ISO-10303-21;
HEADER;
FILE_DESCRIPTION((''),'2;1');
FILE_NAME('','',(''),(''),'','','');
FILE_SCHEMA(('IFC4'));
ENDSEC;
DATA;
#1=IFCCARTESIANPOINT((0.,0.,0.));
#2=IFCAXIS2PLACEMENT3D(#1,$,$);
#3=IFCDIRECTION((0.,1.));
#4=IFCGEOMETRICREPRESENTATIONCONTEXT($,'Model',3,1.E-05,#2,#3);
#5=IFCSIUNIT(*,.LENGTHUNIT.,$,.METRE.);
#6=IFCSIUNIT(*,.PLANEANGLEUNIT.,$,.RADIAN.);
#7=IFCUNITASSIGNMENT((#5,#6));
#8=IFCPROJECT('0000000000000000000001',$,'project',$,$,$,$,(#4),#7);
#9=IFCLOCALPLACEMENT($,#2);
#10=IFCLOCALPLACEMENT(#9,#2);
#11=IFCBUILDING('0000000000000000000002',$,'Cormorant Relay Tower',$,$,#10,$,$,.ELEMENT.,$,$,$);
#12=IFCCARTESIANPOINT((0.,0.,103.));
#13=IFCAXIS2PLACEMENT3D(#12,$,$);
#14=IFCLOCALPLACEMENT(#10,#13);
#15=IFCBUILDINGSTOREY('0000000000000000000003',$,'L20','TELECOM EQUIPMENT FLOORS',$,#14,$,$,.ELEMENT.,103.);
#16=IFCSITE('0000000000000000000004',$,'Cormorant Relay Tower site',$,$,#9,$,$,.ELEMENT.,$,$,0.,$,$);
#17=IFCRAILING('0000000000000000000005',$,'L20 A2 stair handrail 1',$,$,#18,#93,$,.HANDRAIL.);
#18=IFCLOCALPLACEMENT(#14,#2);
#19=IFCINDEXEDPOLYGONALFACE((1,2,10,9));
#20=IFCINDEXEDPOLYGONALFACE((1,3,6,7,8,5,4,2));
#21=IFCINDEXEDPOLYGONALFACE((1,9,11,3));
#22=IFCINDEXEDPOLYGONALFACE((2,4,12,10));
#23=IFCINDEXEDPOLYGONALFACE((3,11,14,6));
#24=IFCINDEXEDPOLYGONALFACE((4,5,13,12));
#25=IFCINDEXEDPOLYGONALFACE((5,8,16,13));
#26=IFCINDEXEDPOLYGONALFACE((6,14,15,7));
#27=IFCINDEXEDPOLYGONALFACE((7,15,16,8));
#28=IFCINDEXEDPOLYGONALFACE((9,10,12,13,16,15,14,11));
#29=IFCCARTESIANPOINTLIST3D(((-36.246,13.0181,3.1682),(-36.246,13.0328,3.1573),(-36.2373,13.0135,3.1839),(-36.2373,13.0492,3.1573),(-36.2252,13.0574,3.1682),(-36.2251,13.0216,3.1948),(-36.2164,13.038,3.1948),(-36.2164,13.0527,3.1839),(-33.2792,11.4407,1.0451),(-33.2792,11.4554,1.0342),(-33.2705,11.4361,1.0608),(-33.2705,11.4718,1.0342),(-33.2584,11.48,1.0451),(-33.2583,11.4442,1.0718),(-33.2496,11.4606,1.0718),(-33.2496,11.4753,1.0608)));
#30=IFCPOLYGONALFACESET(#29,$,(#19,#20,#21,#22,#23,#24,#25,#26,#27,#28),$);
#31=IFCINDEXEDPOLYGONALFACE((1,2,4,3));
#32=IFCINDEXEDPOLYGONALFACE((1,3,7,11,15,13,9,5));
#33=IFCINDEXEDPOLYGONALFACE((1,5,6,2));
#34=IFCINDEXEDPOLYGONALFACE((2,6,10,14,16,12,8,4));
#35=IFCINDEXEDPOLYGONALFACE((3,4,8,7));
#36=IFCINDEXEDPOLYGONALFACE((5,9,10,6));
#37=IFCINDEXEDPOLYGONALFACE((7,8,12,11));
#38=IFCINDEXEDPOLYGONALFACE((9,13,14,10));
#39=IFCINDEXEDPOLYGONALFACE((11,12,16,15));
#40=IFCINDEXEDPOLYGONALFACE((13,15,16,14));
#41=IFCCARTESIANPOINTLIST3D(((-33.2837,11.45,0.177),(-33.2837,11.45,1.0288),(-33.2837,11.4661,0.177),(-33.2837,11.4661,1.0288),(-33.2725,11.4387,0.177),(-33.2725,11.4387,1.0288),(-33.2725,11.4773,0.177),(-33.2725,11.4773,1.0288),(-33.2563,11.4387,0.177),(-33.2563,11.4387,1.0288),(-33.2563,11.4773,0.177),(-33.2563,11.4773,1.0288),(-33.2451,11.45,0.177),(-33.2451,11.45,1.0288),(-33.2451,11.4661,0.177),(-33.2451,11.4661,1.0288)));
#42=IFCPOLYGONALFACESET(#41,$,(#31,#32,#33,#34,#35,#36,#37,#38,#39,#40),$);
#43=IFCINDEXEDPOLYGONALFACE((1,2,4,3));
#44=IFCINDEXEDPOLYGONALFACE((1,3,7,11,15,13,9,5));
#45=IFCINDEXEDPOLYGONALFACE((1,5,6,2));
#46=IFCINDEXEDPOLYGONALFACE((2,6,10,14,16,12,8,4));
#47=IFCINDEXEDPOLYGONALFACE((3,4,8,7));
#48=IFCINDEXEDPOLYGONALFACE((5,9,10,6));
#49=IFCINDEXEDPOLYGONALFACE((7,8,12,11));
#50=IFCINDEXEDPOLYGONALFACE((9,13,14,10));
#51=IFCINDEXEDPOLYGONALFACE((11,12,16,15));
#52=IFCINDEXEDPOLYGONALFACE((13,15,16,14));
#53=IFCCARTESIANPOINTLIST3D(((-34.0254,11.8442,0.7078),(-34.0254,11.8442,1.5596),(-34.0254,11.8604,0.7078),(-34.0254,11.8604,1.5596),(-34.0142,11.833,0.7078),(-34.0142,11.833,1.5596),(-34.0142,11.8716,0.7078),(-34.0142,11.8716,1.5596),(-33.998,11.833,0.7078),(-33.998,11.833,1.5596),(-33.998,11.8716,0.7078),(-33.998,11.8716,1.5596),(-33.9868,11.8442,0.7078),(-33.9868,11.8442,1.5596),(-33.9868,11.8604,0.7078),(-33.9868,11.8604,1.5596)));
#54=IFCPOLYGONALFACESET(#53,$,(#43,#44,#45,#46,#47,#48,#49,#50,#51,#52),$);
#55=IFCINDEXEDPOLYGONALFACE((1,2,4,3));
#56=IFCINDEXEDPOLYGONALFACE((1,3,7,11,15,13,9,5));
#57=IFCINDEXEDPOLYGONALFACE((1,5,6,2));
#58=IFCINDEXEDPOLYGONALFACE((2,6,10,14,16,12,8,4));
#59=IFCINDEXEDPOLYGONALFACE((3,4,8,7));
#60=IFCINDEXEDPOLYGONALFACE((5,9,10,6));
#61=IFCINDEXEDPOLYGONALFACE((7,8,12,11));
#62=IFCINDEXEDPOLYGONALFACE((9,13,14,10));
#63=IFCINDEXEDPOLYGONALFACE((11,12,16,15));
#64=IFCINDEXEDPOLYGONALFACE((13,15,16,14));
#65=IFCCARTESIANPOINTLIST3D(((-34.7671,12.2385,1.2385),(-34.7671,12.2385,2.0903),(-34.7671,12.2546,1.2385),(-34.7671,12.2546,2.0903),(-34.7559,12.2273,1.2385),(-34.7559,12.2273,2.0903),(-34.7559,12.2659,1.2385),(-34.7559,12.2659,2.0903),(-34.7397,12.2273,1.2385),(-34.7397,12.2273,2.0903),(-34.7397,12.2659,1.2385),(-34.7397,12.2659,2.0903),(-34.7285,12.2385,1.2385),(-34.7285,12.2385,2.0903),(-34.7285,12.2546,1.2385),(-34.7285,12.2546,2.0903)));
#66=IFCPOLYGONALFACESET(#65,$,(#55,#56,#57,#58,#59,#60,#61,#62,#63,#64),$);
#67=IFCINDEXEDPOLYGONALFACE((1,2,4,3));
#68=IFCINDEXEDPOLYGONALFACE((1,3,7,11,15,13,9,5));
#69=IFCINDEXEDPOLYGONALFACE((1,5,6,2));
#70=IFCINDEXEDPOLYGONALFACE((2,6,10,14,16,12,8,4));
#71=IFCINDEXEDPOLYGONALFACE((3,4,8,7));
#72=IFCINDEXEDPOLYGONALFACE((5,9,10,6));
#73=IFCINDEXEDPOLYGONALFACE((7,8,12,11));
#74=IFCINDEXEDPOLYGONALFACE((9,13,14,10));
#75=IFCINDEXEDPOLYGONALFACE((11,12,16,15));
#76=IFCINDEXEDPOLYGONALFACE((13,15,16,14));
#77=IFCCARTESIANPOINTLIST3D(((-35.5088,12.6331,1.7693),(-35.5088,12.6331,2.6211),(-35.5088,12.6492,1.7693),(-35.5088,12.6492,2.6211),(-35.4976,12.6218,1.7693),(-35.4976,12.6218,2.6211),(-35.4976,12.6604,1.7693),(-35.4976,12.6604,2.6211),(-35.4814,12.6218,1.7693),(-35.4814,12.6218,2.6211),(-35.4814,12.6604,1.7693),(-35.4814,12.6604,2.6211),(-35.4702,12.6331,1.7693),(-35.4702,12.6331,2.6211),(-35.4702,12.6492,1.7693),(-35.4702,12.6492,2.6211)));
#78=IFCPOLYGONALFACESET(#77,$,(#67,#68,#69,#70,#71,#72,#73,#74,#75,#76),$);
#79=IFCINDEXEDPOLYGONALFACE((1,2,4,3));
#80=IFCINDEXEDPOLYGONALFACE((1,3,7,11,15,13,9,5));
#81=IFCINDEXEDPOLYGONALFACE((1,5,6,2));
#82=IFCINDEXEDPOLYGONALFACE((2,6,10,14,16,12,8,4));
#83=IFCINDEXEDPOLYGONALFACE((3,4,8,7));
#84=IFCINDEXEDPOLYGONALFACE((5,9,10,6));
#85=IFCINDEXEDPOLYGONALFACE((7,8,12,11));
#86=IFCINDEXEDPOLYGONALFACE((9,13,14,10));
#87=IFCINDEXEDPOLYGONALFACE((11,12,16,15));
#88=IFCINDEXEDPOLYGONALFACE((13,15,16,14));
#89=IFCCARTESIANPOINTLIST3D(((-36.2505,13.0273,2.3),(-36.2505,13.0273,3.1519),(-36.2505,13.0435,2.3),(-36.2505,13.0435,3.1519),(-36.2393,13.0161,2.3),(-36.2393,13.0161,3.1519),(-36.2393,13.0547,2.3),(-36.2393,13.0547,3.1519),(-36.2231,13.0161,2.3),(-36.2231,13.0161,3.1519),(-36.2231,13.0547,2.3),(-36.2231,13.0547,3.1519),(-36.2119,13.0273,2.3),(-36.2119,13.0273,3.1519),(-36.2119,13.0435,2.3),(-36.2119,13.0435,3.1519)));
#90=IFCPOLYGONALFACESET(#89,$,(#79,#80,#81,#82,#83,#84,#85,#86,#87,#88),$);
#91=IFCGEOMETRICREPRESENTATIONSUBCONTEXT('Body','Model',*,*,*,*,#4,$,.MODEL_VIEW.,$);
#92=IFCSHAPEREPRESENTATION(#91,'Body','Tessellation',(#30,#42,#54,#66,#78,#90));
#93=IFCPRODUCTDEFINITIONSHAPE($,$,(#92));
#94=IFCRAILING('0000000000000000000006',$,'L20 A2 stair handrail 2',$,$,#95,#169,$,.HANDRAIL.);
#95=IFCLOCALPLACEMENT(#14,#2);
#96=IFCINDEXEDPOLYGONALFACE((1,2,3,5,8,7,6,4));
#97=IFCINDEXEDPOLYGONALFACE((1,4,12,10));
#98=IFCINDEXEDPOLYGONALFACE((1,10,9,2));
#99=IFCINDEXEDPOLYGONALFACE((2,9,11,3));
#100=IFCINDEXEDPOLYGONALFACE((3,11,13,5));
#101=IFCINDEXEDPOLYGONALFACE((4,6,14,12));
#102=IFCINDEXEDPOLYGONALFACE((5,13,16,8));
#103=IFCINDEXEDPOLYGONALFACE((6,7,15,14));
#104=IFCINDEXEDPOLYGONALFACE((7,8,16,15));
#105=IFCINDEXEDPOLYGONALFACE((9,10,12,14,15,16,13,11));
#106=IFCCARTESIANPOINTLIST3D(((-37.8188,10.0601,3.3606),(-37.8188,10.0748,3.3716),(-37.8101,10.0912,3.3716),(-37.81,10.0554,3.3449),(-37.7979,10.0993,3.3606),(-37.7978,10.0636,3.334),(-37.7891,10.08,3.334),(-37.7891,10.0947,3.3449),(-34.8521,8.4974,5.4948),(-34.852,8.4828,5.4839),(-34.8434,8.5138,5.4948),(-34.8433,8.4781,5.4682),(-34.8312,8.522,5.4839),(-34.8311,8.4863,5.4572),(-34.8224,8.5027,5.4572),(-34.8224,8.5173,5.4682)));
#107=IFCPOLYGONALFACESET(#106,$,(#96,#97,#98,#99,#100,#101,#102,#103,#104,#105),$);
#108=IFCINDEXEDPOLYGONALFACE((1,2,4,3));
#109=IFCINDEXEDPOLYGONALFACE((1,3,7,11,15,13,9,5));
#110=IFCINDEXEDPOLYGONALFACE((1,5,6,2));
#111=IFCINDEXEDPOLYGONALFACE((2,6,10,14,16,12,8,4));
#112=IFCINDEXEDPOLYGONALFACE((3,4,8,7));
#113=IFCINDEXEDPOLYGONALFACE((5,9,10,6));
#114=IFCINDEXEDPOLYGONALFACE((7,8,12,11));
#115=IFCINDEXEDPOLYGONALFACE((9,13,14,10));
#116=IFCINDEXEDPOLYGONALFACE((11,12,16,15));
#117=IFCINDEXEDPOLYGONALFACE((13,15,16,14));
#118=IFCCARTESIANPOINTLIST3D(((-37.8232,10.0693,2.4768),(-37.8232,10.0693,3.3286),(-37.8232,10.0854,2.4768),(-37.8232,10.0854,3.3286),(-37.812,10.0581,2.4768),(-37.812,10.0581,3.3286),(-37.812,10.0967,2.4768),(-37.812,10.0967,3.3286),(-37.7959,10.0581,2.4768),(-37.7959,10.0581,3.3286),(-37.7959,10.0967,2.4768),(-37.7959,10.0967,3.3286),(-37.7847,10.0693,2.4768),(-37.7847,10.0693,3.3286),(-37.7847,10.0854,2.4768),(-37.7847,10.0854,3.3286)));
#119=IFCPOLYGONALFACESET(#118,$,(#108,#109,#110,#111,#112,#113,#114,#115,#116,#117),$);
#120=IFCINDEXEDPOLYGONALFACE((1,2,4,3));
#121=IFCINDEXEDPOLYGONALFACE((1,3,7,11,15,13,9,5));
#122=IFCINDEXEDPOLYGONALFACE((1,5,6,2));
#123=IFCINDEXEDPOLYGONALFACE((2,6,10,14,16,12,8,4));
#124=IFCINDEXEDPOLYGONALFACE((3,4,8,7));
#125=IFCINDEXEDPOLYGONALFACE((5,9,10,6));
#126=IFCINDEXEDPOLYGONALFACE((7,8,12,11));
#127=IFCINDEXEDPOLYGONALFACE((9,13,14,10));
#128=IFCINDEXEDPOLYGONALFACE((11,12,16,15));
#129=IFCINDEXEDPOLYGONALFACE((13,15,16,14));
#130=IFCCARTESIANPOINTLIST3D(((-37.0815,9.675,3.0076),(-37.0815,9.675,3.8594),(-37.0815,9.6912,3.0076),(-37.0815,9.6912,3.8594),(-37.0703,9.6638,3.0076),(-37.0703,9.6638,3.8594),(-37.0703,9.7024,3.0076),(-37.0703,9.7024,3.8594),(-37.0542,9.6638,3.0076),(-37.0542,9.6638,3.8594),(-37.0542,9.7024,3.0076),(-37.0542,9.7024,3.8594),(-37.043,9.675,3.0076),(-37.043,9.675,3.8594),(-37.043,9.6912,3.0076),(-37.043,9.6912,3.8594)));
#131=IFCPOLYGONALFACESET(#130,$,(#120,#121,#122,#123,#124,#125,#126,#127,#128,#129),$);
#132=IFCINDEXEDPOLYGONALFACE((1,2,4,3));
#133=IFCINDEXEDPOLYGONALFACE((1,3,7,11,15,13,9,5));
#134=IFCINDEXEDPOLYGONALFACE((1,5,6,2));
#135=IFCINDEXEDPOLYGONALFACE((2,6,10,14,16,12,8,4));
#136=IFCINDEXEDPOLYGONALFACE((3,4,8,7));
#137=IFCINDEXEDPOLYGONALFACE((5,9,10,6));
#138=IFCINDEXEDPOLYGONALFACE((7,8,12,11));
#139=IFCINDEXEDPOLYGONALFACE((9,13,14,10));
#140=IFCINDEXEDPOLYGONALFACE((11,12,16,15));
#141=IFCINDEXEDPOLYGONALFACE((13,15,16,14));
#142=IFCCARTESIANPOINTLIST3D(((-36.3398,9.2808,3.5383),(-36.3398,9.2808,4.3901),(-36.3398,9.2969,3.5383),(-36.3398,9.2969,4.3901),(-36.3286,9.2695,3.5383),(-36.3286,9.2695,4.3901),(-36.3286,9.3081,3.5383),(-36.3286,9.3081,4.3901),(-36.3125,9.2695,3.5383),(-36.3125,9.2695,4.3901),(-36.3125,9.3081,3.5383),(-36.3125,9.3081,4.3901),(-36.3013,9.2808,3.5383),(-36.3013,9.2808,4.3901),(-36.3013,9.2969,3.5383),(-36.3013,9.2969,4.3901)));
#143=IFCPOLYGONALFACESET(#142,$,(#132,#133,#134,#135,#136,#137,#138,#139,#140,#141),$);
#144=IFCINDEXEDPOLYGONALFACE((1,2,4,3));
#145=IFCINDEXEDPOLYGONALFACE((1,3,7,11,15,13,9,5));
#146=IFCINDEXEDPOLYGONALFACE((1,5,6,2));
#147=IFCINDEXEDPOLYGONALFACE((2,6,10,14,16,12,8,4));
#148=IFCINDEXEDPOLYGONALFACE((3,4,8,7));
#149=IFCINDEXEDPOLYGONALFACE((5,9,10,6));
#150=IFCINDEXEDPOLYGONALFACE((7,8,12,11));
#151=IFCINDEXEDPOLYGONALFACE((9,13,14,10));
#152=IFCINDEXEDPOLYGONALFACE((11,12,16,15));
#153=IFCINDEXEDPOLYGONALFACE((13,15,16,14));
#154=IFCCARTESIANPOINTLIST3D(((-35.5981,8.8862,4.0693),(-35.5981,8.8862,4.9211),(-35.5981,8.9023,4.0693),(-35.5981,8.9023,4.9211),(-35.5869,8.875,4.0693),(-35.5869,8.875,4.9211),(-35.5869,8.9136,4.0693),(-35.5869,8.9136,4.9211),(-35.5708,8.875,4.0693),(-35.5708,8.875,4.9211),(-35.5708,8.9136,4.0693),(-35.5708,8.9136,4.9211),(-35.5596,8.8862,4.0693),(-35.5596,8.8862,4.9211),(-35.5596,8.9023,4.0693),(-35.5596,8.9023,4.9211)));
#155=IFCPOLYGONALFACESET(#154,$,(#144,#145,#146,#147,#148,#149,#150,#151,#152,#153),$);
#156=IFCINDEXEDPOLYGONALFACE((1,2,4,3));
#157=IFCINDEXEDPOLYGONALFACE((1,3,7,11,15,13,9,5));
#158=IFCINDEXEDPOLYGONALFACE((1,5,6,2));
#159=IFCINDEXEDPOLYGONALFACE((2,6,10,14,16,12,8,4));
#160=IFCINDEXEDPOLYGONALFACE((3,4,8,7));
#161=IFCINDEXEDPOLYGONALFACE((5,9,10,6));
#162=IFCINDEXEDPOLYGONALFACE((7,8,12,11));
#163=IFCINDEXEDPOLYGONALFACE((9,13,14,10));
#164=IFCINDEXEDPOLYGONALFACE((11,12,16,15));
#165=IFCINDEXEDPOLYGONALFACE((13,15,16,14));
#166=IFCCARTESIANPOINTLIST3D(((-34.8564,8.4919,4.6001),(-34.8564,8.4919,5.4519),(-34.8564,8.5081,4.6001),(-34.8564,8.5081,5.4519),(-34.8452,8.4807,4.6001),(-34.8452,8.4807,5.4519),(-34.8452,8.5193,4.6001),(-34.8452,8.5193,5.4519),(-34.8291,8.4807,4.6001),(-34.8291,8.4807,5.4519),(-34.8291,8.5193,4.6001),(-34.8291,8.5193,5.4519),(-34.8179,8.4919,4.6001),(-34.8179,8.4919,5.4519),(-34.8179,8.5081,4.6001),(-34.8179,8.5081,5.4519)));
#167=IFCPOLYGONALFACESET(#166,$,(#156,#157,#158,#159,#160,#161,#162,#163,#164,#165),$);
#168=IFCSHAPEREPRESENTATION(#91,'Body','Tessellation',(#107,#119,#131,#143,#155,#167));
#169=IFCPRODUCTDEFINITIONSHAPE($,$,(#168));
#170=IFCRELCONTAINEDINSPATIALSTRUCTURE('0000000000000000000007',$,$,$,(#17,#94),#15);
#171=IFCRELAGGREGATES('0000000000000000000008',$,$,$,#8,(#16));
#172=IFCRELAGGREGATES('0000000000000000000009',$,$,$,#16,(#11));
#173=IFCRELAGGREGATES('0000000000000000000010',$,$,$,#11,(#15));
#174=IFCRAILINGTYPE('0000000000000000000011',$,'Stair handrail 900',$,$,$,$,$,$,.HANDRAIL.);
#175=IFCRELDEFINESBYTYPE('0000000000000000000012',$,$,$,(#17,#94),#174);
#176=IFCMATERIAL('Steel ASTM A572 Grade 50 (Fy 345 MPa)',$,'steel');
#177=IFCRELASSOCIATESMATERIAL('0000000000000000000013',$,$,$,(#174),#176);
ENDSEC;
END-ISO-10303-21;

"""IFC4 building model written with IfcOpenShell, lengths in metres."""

from ifc_helpers import new_model, si_unit, direction, frame, origin, place, context, subcontext, project, spatial, polyline, outline, extrude, material, type_object, element, save


model = new_model("IFC4")

# Units and contexts
model_context = context("Model", 3, precision=1e-05, world=origin(), true_north=direction((0.0, 1.0)))
body_context = subcontext(model_context, "Body", "Model", "MODEL_VIEW")
ifc_project = project(units=[si_unit("LENGTHUNIT", "METRE"), si_unit("PLANEANGLEUNIT", "RADIAN")], contexts=[model_context])

# Site, building, storey
site_placement = place(None, origin())
site = spatial("IfcSite", under=ifc_project, at=site_placement, Name="Cormorant Relay Tower site", CompositionType="ELEMENT", RefElevation=0.0)
building_placement = place(site_placement, origin())
building = spatial("IfcBuilding", under=site, at=building_placement, Name="Cormorant Relay Tower", CompositionType="ELEMENT")
storey_placement = place(building_placement, frame((0.0, 0.0, 103.0)))
storey = spatial("IfcBuildingStorey", under=building, at=storey_placement, Name="L20", Description="TELECOM EQUIPMENT FLOORS", CompositionType="ELEMENT", Elevation=103.0)

# Railings
ifc_material_1 = material(Name="Steel ASTM A572 Grade 50 (Fy 345 MPa)", Category="steel")
railing_type_1 = type_object("IfcRailingType", Name="Stair handrail 900", PredefinedType="HANDRAIL", material=ifc_material_1)
railing_1_placement = place(storey_placement, frame((-33.2644, 11.458, 0.177)))
element("IfcRailing", 1, at=railing_1_placement, inside=storey, type_object=railing_type_1, Name="L20 A2 stair handrail 1", PredefinedType="HANDRAIL", context=body_context, shape_type="SweptSolid", body=[
    extrude(outline(polyline([(0.0222, 0.0093), (0.0093, 0.0222), (-0.0093, 0.0222), (-0.0222, 0.0093), (-0.0222, -0.0093), (-0.0093, -0.0222), (0.0093, -0.0222), (0.0222, -0.0093), (0.0222, 0.0093)])), frame((0.0, 0.0, 0.876), z_axis=(-0.746441, 0.396869, 0.534155), x_axis=(-0.469453, -0.882958, 0.0)), (0.0, 0.0, 1.0), 3.9746),
    extrude(outline(polyline([(0.0193, 0.0081), (0.0081, 0.0193), (-0.0081, 0.0193), (-0.0193, 0.0081), (-0.0193, -0.0081), (-0.0081, -0.0193), (0.0081, -0.0193), (0.0193, -0.0081), (0.0193, 0.0081)])), origin(), (0.0, 0.0, 1.0), 0.8518),
    extrude(outline(polyline([(0.0193, 0.0081), (0.0081, 0.0193), (-0.0081, 0.0193), (-0.0193, 0.0081), (-0.0193, -0.0081), (-0.0081, -0.0193), (0.0081, -0.0193), (0.0193, -0.0081), (0.0193, 0.0081)])), frame((-0.7417, 0.3943, 0.5308)), (0.0, 0.0, 1.0), 0.8518),
    extrude(outline(polyline([(0.0193, 0.0081), (0.0081, 0.0193), (-0.0081, 0.0193), (-0.0193, 0.0081), (-0.0193, -0.0081), (-0.0081, -0.0193), (0.0081, -0.0193), (0.0193, -0.0081), (0.0193, 0.0081)])), frame((-1.4834, 0.7886, 1.0615)), (0.0, 0.0, 1.0), 0.8518),
    extrude(outline(polyline([(0.0193, 0.0081), (0.0081, 0.0193), (-0.0081, 0.0193), (-0.0193, 0.0081), (-0.0193, -0.0081), (-0.0081, -0.0193), (0.0081, -0.0193), (0.0193, -0.0081), (0.0193, 0.0081)])), frame((-2.2251, 1.1831, 1.5923)), (0.0, 0.0, 1.0), 0.8518),
    extrude(outline(polyline([(0.0193, 0.0081), (0.0081, 0.0193), (-0.0081, 0.0193), (-0.0193, 0.0081), (-0.0193, -0.0081), (-0.0081, -0.0193), (0.0081, -0.0193), (0.0193, -0.0081), (0.0193, 0.0081)])), frame((-2.9668, 1.5774, 2.123)), (0.0, 0.0, 1.0), 0.8518),
])
railing_2_placement = place(storey_placement, frame((-37.804, 10.0774, 2.4768)))
element("IfcRailing", 2, at=railing_2_placement, inside=storey, type_object=railing_type_1, Name="L20 A2 stair handrail 2", PredefinedType="HANDRAIL", context=body_context, shape_type="SweptSolid", body=[
    extrude(outline(polyline([(0.0222, 0.0093), (0.0093, 0.0222), (-0.0093, 0.0222), (-0.0222, 0.0093), (-0.0222, -0.0093), (-0.0093, -0.0222), (0.0093, -0.0222), (0.0222, -0.0093), (0.0222, 0.0093)])), frame((0.0, 0.0, 0.876), z_axis=(0.746416, -0.396856, 0.534199), x_axis=(0.469453, 0.882958, 0.0)), (0.0, 0.0, 1.0), 3.9746),
    extrude(outline(polyline([(0.0193, 0.0081), (0.0081, 0.0193), (-0.0081, 0.0193), (-0.0193, 0.0081), (-0.0193, -0.0081), (-0.0081, -0.0193), (0.0081, -0.0193), (0.0193, -0.0081), (0.0193, 0.0081)])), origin(), (0.0, 0.0, 1.0), 0.8518),
    extrude(outline(polyline([(0.0193, 0.0081), (0.0081, 0.0193), (-0.0081, 0.0193), (-0.0193, 0.0081), (-0.0193, -0.0081), (-0.0081, -0.0193), (0.0081, -0.0193), (0.0193, -0.0081), (0.0193, 0.0081)])), frame((0.7417, -0.3943, 0.5308)), (0.0, 0.0, 1.0), 0.8518),
    extrude(outline(polyline([(0.0193, 0.0081), (0.0081, 0.0193), (-0.0081, 0.0193), (-0.0193, 0.0081), (-0.0193, -0.0081), (-0.0081, -0.0193), (0.0081, -0.0193), (0.0193, -0.0081), (0.0193, 0.0081)])), frame((1.4834, -0.7886, 1.0615)), (0.0, 0.0, 1.0), 0.8518),
    extrude(outline(polyline([(0.0193, 0.0081), (0.0081, 0.0193), (-0.0081, 0.0193), (-0.0193, 0.0081), (-0.0193, -0.0081), (-0.0081, -0.0193), (0.0081, -0.0193), (0.0193, -0.0081), (0.0193, 0.0081)])), frame((2.2251, -1.1831, 1.5925)), (0.0, 0.0, 1.0), 0.8518),
    extrude(outline(polyline([(0.0193, 0.0081), (0.0081, 0.0193), (-0.0081, 0.0193), (-0.0193, 0.0081), (-0.0193, -0.0081), (-0.0081, -0.0193), (0.0081, -0.0193), (0.0193, -0.0081), (0.0193, 0.0081)])), frame((2.9668, -1.5774, 2.1233)), (0.0, 0.0, 1.0), 0.8518),
])

save(model, "model.ifc")
